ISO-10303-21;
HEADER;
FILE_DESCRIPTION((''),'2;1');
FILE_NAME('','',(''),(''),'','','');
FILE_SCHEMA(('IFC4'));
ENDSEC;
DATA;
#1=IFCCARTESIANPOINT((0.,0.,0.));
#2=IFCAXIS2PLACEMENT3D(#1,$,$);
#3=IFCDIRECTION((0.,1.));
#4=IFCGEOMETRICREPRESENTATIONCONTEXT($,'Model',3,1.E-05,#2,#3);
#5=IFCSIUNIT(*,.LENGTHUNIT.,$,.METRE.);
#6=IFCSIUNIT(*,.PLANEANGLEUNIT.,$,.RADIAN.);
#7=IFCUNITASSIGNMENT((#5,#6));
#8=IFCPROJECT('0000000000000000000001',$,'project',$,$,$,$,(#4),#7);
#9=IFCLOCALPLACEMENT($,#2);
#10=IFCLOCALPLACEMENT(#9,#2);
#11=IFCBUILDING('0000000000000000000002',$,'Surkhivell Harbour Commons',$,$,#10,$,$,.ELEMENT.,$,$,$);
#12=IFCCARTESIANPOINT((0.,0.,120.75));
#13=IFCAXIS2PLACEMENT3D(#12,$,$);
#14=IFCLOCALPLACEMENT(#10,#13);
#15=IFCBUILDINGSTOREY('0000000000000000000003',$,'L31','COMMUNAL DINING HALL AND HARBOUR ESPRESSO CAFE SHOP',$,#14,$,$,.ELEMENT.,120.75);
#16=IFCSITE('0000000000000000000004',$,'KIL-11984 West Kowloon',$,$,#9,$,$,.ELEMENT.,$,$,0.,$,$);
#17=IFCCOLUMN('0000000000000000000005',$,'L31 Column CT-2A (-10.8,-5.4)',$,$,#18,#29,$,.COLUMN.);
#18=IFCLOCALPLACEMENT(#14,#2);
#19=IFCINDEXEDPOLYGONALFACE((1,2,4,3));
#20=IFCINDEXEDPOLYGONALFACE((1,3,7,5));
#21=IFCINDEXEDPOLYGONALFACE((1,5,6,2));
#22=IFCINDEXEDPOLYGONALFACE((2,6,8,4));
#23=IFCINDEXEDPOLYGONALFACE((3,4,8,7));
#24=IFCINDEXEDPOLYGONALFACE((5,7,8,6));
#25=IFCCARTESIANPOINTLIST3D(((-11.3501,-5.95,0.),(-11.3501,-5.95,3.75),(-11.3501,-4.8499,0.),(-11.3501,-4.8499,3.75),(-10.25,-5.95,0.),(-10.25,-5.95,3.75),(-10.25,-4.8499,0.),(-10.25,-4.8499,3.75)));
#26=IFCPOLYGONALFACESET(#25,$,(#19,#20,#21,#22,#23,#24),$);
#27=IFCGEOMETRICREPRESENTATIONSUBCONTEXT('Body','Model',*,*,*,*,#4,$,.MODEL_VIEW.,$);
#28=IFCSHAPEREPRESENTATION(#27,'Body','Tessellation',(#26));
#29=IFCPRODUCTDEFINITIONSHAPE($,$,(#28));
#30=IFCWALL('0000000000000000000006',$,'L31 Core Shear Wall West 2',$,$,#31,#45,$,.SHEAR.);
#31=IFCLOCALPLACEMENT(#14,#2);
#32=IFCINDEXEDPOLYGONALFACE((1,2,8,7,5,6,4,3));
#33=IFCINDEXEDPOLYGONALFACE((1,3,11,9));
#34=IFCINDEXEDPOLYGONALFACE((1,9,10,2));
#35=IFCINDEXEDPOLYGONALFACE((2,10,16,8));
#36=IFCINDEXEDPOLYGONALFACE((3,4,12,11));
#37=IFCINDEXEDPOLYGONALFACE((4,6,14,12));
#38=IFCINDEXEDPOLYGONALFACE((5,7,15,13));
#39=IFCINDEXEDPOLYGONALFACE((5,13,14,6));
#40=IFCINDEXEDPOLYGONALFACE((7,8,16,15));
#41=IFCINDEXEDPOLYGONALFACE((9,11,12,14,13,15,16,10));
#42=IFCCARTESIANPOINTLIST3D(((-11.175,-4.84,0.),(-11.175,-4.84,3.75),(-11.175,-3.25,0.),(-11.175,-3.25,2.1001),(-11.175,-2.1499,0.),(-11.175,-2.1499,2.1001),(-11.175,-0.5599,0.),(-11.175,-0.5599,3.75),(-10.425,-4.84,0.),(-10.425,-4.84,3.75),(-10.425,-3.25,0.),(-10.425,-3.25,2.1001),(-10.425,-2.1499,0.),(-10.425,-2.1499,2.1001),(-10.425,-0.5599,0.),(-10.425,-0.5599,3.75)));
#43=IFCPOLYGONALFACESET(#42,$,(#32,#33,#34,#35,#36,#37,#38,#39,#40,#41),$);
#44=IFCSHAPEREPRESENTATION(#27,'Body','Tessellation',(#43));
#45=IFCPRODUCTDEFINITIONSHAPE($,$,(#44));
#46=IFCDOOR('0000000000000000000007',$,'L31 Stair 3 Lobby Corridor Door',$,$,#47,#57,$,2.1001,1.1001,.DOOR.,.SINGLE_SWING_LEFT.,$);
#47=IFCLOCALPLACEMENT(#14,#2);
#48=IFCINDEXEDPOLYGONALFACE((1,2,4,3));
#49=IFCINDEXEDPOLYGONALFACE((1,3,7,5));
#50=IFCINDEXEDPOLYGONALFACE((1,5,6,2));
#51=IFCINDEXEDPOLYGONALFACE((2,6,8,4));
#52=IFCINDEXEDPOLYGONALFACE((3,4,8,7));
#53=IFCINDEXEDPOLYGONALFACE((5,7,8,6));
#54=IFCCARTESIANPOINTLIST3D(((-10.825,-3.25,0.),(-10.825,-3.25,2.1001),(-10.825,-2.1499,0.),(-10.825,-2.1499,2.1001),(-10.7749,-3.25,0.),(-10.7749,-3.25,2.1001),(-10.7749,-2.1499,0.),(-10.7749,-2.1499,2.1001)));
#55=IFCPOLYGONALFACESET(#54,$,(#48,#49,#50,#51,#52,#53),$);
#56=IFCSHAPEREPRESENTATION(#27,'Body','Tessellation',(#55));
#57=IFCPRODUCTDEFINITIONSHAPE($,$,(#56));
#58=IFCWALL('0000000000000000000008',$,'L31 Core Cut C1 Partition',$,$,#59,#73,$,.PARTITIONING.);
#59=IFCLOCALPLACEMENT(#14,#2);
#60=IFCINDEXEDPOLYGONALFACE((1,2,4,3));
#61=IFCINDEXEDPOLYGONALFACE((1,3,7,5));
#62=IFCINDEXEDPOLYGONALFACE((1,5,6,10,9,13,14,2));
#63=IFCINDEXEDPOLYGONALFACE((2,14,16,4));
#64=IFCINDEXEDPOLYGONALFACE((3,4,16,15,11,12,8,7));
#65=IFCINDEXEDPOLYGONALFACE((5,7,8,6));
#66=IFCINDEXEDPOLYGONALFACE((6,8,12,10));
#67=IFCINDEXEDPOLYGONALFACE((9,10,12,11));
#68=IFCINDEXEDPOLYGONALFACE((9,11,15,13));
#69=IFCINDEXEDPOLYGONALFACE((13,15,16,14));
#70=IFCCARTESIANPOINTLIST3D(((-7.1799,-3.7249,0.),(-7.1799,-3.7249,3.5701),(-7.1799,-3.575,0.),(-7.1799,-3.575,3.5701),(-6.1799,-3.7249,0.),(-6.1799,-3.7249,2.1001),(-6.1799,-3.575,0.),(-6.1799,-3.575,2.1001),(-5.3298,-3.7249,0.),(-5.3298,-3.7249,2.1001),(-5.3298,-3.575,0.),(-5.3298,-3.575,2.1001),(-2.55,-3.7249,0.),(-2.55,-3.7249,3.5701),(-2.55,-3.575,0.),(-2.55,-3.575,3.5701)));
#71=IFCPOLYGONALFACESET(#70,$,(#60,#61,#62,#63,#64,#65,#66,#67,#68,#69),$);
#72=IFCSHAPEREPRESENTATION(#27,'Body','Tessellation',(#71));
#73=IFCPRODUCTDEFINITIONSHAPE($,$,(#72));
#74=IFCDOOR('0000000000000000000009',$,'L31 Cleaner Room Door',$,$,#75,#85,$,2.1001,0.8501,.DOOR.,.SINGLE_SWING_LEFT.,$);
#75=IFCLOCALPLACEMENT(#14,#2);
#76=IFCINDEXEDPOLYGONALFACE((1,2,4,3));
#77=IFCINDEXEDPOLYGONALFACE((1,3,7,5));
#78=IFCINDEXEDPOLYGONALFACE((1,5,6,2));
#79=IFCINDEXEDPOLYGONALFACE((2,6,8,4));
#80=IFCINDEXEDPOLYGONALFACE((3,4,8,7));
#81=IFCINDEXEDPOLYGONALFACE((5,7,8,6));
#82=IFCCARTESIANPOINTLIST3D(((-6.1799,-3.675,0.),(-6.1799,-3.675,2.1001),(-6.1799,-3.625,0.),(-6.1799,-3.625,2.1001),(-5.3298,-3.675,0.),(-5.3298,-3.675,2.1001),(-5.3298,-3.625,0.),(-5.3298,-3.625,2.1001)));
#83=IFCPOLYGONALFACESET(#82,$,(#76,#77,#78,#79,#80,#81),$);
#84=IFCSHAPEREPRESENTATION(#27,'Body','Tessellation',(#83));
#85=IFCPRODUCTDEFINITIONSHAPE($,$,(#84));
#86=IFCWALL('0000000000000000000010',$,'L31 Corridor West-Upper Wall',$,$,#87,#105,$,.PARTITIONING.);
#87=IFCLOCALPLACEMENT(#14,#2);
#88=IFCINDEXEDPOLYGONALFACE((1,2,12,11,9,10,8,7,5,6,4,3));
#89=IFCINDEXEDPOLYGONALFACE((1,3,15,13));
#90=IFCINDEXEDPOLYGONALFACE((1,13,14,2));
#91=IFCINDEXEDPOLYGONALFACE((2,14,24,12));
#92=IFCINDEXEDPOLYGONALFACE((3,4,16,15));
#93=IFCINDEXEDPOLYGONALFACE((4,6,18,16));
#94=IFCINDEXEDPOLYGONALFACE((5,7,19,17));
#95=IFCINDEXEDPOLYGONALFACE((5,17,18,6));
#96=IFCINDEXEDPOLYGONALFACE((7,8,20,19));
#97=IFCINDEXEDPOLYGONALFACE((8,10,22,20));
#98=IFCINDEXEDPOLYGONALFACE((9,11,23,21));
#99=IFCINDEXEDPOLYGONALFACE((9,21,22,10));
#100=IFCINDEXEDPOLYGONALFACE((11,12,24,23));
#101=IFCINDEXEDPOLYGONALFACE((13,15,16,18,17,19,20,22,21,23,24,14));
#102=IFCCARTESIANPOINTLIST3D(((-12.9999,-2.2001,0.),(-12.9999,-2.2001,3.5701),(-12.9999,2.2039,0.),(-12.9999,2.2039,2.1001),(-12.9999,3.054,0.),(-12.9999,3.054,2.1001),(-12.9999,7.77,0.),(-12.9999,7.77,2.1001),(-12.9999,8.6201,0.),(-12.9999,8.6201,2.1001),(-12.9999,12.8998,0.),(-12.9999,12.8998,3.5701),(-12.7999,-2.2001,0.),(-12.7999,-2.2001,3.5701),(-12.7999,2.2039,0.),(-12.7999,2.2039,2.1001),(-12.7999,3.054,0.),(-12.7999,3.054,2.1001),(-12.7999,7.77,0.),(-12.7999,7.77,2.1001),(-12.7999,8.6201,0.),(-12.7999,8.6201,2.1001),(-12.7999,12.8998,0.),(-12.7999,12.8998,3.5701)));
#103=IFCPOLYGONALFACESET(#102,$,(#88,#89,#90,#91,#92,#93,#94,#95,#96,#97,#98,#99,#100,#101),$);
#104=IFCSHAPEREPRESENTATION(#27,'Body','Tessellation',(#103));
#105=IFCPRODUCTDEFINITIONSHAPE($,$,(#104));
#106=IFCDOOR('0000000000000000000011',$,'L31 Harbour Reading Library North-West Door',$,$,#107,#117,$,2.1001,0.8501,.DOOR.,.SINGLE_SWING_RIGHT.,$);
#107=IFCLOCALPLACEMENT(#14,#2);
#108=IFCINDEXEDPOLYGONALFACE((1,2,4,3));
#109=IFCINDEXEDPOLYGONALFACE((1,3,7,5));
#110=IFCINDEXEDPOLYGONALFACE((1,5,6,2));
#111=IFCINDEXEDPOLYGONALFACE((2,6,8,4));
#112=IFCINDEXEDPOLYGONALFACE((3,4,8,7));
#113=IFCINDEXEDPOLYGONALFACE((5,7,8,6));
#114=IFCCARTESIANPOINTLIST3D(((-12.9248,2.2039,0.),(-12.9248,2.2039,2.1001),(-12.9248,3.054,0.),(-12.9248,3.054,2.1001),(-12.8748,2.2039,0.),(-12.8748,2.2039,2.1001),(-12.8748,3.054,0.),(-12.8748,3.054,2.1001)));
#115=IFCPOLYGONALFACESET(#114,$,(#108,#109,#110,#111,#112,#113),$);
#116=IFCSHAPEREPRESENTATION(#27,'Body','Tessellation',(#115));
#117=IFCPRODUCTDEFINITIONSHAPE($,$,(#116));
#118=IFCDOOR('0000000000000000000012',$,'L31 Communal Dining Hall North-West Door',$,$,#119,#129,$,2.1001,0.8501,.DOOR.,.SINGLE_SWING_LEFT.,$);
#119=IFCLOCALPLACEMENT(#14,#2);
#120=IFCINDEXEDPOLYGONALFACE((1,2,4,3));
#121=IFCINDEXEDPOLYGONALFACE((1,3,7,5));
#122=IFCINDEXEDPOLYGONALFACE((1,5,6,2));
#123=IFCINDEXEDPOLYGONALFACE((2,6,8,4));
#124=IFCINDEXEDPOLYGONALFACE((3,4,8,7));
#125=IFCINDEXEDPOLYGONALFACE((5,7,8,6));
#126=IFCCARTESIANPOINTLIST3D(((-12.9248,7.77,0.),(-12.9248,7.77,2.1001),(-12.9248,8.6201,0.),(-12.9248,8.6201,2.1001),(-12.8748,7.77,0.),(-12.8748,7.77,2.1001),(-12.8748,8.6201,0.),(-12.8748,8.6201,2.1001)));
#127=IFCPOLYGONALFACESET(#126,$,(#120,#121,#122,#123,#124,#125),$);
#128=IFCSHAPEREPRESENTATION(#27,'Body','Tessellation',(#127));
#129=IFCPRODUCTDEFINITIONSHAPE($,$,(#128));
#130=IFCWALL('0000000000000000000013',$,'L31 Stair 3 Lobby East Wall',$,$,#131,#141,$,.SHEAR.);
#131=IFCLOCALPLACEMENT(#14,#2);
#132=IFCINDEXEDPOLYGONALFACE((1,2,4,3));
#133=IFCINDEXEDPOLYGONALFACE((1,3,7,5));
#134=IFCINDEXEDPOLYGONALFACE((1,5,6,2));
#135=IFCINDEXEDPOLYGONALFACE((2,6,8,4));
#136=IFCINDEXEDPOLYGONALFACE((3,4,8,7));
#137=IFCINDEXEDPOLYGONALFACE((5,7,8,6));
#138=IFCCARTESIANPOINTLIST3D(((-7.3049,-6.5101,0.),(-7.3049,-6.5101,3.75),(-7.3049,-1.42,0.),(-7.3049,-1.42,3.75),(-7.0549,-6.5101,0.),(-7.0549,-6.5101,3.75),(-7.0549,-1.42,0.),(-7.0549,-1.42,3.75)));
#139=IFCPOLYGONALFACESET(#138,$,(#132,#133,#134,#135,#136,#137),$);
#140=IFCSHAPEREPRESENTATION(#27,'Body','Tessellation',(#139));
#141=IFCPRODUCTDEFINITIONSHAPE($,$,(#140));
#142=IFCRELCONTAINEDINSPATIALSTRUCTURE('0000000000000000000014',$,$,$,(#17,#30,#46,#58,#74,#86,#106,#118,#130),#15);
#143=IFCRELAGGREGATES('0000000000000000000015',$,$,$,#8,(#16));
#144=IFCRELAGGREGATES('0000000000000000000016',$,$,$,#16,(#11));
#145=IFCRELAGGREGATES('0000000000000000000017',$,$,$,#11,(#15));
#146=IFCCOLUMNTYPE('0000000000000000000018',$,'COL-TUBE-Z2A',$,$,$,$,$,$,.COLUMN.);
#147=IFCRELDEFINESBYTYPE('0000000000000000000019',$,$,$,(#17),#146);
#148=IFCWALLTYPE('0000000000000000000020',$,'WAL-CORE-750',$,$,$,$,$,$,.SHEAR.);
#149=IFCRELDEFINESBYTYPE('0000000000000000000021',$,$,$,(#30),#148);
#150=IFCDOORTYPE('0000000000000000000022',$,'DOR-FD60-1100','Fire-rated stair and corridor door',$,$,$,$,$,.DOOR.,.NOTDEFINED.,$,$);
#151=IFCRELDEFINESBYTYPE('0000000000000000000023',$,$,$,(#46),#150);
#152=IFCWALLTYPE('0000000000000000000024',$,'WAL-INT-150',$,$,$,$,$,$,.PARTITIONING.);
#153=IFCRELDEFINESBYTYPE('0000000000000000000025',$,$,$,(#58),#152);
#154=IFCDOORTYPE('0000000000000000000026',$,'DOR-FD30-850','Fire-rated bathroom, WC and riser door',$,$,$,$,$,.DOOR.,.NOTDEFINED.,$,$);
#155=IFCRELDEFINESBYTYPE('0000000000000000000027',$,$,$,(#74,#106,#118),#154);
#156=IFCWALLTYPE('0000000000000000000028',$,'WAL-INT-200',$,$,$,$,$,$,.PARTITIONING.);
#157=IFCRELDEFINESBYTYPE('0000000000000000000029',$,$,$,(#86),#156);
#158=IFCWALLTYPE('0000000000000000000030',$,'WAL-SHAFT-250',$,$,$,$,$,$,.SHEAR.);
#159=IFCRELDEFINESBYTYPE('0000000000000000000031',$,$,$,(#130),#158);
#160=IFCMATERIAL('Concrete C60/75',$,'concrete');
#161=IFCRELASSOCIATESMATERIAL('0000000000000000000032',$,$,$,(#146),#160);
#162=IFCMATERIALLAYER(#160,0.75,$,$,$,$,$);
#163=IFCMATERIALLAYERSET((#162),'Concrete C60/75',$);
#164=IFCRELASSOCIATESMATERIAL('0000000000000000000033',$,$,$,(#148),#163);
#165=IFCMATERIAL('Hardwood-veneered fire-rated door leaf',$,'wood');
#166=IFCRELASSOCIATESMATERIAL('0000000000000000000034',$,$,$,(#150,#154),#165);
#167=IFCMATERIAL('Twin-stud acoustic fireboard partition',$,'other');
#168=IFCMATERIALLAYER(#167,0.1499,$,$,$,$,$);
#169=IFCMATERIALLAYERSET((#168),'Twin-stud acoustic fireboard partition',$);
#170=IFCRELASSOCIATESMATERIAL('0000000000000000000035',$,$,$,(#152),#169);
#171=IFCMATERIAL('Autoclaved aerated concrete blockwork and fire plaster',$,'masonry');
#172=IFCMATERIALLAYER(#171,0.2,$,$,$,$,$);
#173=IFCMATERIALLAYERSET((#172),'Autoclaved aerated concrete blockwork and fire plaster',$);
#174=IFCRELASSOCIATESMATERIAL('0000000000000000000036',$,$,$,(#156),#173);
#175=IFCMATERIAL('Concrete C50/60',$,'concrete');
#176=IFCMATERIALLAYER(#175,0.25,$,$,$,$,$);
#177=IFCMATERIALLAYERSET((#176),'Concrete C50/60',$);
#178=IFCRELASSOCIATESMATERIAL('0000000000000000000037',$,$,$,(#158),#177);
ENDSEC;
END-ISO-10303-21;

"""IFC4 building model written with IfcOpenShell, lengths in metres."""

from ifc_helpers import new_model, si_unit, direction, frame, frame_2d, origin, origin_2d, place, context, subcontext, project, spatial, rectangle, extrude, material, layer, layer_set, material_profile, profile_set, type_object, element, fill, save


model = new_model("IFC4")

# Units and contexts
model_context = context("Model", 3, precision=1e-05, world=origin(), true_north=direction((0.0, 1.0)))
body_context = subcontext(model_context, "Body", "Model", "MODEL_VIEW")
ifc_project = project(units=[si_unit("LENGTHUNIT", "METRE"), si_unit("PLANEANGLEUNIT", "RADIAN")], contexts=[model_context])

# Site, building, storey
site_placement = place(None, origin())
site = spatial("IfcSite", under=ifc_project, at=site_placement, Name="KIL-11984 West Kowloon", CompositionType="ELEMENT", RefElevation=0.0)
building_placement = place(site_placement, origin())
building = spatial("IfcBuilding", under=site, at=building_placement, Name="Surkhivell Harbour Commons", CompositionType="ELEMENT")
storey_placement = place(building_placement, frame((0.0, 0.0, 120.75)))
storey = spatial("IfcBuildingStorey", under=building, at=storey_placement, Name="L31", Description="COMMUNAL DINING HALL AND HARBOUR ESPRESSO CAFE SHOP", CompositionType="ELEMENT", Elevation=120.75)

# Column
ifc_material_1 = material(Name="Concrete C60/75", Category="concrete")
ifc_material_profile = material_profile(ifc_material_1, rectangle(XDim=1.1001, YDim=1.1001, at=origin_2d()), Name="RC-COL-1100x1100")
ifc_profile_set = profile_set([ifc_material_profile], Name="Concrete C60/75")
column_type = type_object("IfcColumnType", Name="COL-TUBE-Z2A", PredefinedType="COLUMN", material=ifc_profile_set)
column_placement = place(storey_placement, frame((-10.8, -5.3999, 0.0), z_axis=(0.0, 0.0, 1.0), x_axis=(1.0, 0.0, 0.0)))
element("IfcColumn", 1, at=column_placement, inside=storey, type_object=column_type, Name="L31 Column CT-2A (-10.8,-5.4)", PredefinedType="COLUMN", context=body_context, shape_type="SweptSolid", body=[
    extrude(rectangle(XDim=1.1001, YDim=1.1001, at=origin_2d()), origin(), (0.0, 0.0, 1.0), 3.75),
])

# Walls, openings, doors
ifc_layer_1 = layer(ifc_material_1, 0.75)
ifc_layer_set_1 = layer_set([ifc_layer_1], Name="Concrete C60/75")
wall_type_1 = type_object("IfcWallType", Name="WAL-CORE-750", PredefinedType="SHEAR", material=ifc_layer_set_1)
wall_1_placement = place(storey_placement, frame((-10.8, -4.8401, 0.0), z_axis=(0.0, 0.0, 1.0), x_axis=(0.0, 1.0, 0.0)))
wall_1 = element("IfcWall", 2, at=wall_1_placement, inside=storey, type_object=wall_type_1, Name="L31 Core Shear Wall West 2", PredefinedType="SHEAR", context=body_context, shape_type="SweptSolid", body=[
    extrude(rectangle(XDim=4.28, YDim=0.75, at=frame_2d((2.1401, 0.0))), origin(), (0.0, 0.0, 1.0), 3.75),
])
opening_1_placement = place(wall_1_placement, frame((1.5901, 0.0, 0.0)))
opening_1 = element("IfcOpeningElement", 3, at=opening_1_placement, cuts=wall_1, PredefinedType="OPENING", context=body_context, shape_type="SweptSolid", body=[
    extrude(rectangle(XDim=1.1001, YDim=2.1001, at=frame_2d((0.55, 1.05))), frame((0.0, 0.385, 0.0), z_axis=(0.0, -1.0, 0.0), x_axis=(1.0, 0.0, 0.0)), (0.0, 0.0, 1.0), 0.77),
])
ifc_material_2 = material(Name="Hardwood-veneered fire-rated door leaf", Category="wood")
door_type_1 = type_object("IfcDoorType", Name="DOR-FD60-1100", Description="Fire-rated stair and corridor door", OperationType="NOTDEFINED", PredefinedType="DOOR", material=ifc_material_2)
door_1_placement = place(opening_1_placement, origin())
door_1 = element("IfcDoor", 4, at=door_1_placement, inside=storey, type_object=door_type_1, Name="L31 Stair 3 Lobby Corridor Door", OperationType="SINGLE_SWING_LEFT", OverallHeight=2.1001, OverallWidth=1.1001, PredefinedType="DOOR", context=body_context, shape_type="SweptSolid", body=[
    extrude(rectangle(XDim=1.1001, YDim=2.1001, at=frame_2d((0.55, 1.05))), frame((0.0, 0.0249, 0.0), z_axis=(0.0, -1.0, 0.0), x_axis=(1.0, 0.0, 0.0)), (0.0, 0.0, 1.0), 0.05),
])
fill(opening_1, door_1)
ifc_material_3 = material(Name="Twin-stud acoustic fireboard partition", Category="other")
ifc_layer_2 = layer(ifc_material_3, 0.1499)
ifc_layer_set_2 = layer_set([ifc_layer_2], Name="Twin-stud acoustic fireboard partition")
wall_type_2 = type_object("IfcWallType", Name="WAL-INT-150", PredefinedType="PARTITIONING", material=ifc_layer_set_2)
wall_2_placement = place(storey_placement, frame((-7.1799, -3.6499, 0.0), z_axis=(0.0, 0.0, 1.0), x_axis=(1.0, 0.0, 0.0)))
wall_2 = element("IfcWall", 5, at=wall_2_placement, inside=storey, type_object=wall_type_2, Name="L31 Core Cut C1 Partition", PredefinedType="PARTITIONING", context=body_context, shape_type="SweptSolid", body=[
    extrude(rectangle(XDim=4.6299, YDim=0.1499, at=frame_2d((2.3149, 0.0))), origin(), (0.0, 0.0, 1.0), 3.5701),
])
opening_2_placement = place(wall_2_placement, frame((1.0, 0.0, 0.0)))
opening_2 = element("IfcOpeningElement", 6, at=opening_2_placement, cuts=wall_2, PredefinedType="OPENING", context=body_context, shape_type="SweptSolid", body=[
    extrude(rectangle(XDim=0.8501, YDim=2.1001, at=frame_2d((0.425, 1.05))), frame((0.0, 0.085, 0.0), z_axis=(0.0, -1.0, 0.0), x_axis=(1.0, 0.0, 0.0)), (0.0, 0.0, 1.0), 0.1699),
])
door_type_2 = type_object("IfcDoorType", Name="DOR-FD30-850", Description="Fire-rated bathroom, WC and riser door", OperationType="NOTDEFINED", PredefinedType="DOOR", material=ifc_material_2)
door_2_placement = place(opening_2_placement, origin())
door_2 = element("IfcDoor", 7, at=door_2_placement, inside=storey, type_object=door_type_2, Name="L31 Cleaner Room Door", OperationType="SINGLE_SWING_LEFT", OverallHeight=2.1001, OverallWidth=0.8501, PredefinedType="DOOR", context=body_context, shape_type="SweptSolid", body=[
    extrude(rectangle(XDim=0.8501, YDim=2.1001, at=frame_2d((0.425, 1.05))), frame((0.0, 0.0249, 0.0), z_axis=(0.0, -1.0, 0.0), x_axis=(1.0, 0.0, 0.0)), (0.0, 0.0, 1.0), 0.05),
])
fill(opening_2, door_2)

# Wall, openings, doors
ifc_material_4 = material(Name="Autoclaved aerated concrete blockwork and fire plaster", Category="masonry")
ifc_layer_3 = layer(ifc_material_4, 0.2)
ifc_layer_set_3 = layer_set([ifc_layer_3], Name="Autoclaved aerated concrete blockwork and fire plaster")
wall_type_3 = type_object("IfcWallType", Name="WAL-INT-200", PredefinedType="PARTITIONING", material=ifc_layer_set_3)
wall_3_placement = place(storey_placement, frame((-12.8999, -2.2, 0.0), z_axis=(0.0, 0.0, 1.0), x_axis=(0.0, 1.0, 0.0)))
wall_3 = element("IfcWall", 8, at=wall_3_placement, inside=storey, type_object=wall_type_3, Name="L31 Corridor West-Upper Wall", PredefinedType="PARTITIONING", context=body_context, shape_type="SweptSolid", body=[
    extrude(rectangle(XDim=15.0999, YDim=0.2, at=frame_2d((7.5498, 0.0))), origin(), (0.0, 0.0, 1.0), 3.5701),
])
opening_3_placement = place(wall_3_placement, frame((4.4038, 0.0, 0.0)))
opening_3 = element("IfcOpeningElement", 9, at=opening_3_placement, cuts=wall_3, PredefinedType="OPENING", context=body_context, shape_type="SweptSolid", body=[
    extrude(rectangle(XDim=0.8501, YDim=2.1001, at=frame_2d((0.425, 1.05))), frame((0.0, 0.1099, 0.0), z_axis=(0.0, -1.0, 0.0), x_axis=(1.0, 0.0, 0.0)), (0.0, 0.0, 1.0), 0.22),
])
opening_4_placement = place(wall_3_placement, frame((9.97, 0.0, 0.0)))
opening_4 = element("IfcOpeningElement", 10, at=opening_4_placement, cuts=wall_3, PredefinedType="OPENING", context=body_context, shape_type="SweptSolid", body=[
    extrude(rectangle(XDim=0.8501, YDim=2.1001, at=frame_2d((0.425, 1.05))), frame((0.0, 0.1099, 0.0), z_axis=(0.0, -1.0, 0.0), x_axis=(1.0, 0.0, 0.0)), (0.0, 0.0, 1.0), 0.22),
])
door_3_placement = place(opening_3_placement, origin())
door_3 = element("IfcDoor", 11, at=door_3_placement, inside=storey, type_object=door_type_2, Name="L31 Harbour Reading Library North-West Door", OperationType="SINGLE_SWING_RIGHT", OverallHeight=2.1001, OverallWidth=0.8501, PredefinedType="DOOR", context=body_context, shape_type="SweptSolid", body=[
    extrude(rectangle(XDim=0.8501, YDim=2.1001, at=frame_2d((0.425, 1.05))), frame((0.0, 0.0249, 0.0), z_axis=(0.0, -1.0, 0.0), x_axis=(1.0, 0.0, 0.0)), (0.0, 0.0, 1.0), 0.05),
])
fill(opening_3, door_3)
door_4_placement = place(opening_4_placement, origin())
door_4 = element("IfcDoor", 12, at=door_4_placement, inside=storey, type_object=door_type_2, Name="L31 Communal Dining Hall North-West Door", OperationType="SINGLE_SWING_LEFT", OverallHeight=2.1001, OverallWidth=0.8501, PredefinedType="DOOR", context=body_context, shape_type="SweptSolid", body=[
    extrude(rectangle(XDim=0.8501, YDim=2.1001, at=frame_2d((0.425, 1.05))), frame((0.0, 0.0249, 0.0), z_axis=(0.0, -1.0, 0.0), x_axis=(1.0, 0.0, 0.0)), (0.0, 0.0, 1.0), 0.05),
])
fill(opening_4, door_4)

# Wall
ifc_material_5 = material(Name="Concrete C50/60", Category="concrete")
ifc_layer_4 = layer(ifc_material_5, 0.25)
ifc_layer_set_4 = layer_set([ifc_layer_4], Name="Concrete C50/60")
wall_type_4 = type_object("IfcWallType", Name="WAL-SHAFT-250", PredefinedType="SHEAR", material=ifc_layer_set_4)
wall_4_placement = place(storey_placement, frame((-7.1799, -6.51, 0.0), z_axis=(0.0, 0.0, 1.0), x_axis=(0.0, 1.0, 0.0)))
element("IfcWall", 13, at=wall_4_placement, inside=storey, type_object=wall_type_4, Name="L31 Stair 3 Lobby East Wall", PredefinedType="SHEAR", context=body_context, shape_type="SweptSolid", body=[
    extrude(rectangle(XDim=5.0901, YDim=0.25, at=frame_2d((2.5449, 0.0))), origin(), (0.0, 0.0, 1.0), 3.75),
])

save(model, "model.ifc")
